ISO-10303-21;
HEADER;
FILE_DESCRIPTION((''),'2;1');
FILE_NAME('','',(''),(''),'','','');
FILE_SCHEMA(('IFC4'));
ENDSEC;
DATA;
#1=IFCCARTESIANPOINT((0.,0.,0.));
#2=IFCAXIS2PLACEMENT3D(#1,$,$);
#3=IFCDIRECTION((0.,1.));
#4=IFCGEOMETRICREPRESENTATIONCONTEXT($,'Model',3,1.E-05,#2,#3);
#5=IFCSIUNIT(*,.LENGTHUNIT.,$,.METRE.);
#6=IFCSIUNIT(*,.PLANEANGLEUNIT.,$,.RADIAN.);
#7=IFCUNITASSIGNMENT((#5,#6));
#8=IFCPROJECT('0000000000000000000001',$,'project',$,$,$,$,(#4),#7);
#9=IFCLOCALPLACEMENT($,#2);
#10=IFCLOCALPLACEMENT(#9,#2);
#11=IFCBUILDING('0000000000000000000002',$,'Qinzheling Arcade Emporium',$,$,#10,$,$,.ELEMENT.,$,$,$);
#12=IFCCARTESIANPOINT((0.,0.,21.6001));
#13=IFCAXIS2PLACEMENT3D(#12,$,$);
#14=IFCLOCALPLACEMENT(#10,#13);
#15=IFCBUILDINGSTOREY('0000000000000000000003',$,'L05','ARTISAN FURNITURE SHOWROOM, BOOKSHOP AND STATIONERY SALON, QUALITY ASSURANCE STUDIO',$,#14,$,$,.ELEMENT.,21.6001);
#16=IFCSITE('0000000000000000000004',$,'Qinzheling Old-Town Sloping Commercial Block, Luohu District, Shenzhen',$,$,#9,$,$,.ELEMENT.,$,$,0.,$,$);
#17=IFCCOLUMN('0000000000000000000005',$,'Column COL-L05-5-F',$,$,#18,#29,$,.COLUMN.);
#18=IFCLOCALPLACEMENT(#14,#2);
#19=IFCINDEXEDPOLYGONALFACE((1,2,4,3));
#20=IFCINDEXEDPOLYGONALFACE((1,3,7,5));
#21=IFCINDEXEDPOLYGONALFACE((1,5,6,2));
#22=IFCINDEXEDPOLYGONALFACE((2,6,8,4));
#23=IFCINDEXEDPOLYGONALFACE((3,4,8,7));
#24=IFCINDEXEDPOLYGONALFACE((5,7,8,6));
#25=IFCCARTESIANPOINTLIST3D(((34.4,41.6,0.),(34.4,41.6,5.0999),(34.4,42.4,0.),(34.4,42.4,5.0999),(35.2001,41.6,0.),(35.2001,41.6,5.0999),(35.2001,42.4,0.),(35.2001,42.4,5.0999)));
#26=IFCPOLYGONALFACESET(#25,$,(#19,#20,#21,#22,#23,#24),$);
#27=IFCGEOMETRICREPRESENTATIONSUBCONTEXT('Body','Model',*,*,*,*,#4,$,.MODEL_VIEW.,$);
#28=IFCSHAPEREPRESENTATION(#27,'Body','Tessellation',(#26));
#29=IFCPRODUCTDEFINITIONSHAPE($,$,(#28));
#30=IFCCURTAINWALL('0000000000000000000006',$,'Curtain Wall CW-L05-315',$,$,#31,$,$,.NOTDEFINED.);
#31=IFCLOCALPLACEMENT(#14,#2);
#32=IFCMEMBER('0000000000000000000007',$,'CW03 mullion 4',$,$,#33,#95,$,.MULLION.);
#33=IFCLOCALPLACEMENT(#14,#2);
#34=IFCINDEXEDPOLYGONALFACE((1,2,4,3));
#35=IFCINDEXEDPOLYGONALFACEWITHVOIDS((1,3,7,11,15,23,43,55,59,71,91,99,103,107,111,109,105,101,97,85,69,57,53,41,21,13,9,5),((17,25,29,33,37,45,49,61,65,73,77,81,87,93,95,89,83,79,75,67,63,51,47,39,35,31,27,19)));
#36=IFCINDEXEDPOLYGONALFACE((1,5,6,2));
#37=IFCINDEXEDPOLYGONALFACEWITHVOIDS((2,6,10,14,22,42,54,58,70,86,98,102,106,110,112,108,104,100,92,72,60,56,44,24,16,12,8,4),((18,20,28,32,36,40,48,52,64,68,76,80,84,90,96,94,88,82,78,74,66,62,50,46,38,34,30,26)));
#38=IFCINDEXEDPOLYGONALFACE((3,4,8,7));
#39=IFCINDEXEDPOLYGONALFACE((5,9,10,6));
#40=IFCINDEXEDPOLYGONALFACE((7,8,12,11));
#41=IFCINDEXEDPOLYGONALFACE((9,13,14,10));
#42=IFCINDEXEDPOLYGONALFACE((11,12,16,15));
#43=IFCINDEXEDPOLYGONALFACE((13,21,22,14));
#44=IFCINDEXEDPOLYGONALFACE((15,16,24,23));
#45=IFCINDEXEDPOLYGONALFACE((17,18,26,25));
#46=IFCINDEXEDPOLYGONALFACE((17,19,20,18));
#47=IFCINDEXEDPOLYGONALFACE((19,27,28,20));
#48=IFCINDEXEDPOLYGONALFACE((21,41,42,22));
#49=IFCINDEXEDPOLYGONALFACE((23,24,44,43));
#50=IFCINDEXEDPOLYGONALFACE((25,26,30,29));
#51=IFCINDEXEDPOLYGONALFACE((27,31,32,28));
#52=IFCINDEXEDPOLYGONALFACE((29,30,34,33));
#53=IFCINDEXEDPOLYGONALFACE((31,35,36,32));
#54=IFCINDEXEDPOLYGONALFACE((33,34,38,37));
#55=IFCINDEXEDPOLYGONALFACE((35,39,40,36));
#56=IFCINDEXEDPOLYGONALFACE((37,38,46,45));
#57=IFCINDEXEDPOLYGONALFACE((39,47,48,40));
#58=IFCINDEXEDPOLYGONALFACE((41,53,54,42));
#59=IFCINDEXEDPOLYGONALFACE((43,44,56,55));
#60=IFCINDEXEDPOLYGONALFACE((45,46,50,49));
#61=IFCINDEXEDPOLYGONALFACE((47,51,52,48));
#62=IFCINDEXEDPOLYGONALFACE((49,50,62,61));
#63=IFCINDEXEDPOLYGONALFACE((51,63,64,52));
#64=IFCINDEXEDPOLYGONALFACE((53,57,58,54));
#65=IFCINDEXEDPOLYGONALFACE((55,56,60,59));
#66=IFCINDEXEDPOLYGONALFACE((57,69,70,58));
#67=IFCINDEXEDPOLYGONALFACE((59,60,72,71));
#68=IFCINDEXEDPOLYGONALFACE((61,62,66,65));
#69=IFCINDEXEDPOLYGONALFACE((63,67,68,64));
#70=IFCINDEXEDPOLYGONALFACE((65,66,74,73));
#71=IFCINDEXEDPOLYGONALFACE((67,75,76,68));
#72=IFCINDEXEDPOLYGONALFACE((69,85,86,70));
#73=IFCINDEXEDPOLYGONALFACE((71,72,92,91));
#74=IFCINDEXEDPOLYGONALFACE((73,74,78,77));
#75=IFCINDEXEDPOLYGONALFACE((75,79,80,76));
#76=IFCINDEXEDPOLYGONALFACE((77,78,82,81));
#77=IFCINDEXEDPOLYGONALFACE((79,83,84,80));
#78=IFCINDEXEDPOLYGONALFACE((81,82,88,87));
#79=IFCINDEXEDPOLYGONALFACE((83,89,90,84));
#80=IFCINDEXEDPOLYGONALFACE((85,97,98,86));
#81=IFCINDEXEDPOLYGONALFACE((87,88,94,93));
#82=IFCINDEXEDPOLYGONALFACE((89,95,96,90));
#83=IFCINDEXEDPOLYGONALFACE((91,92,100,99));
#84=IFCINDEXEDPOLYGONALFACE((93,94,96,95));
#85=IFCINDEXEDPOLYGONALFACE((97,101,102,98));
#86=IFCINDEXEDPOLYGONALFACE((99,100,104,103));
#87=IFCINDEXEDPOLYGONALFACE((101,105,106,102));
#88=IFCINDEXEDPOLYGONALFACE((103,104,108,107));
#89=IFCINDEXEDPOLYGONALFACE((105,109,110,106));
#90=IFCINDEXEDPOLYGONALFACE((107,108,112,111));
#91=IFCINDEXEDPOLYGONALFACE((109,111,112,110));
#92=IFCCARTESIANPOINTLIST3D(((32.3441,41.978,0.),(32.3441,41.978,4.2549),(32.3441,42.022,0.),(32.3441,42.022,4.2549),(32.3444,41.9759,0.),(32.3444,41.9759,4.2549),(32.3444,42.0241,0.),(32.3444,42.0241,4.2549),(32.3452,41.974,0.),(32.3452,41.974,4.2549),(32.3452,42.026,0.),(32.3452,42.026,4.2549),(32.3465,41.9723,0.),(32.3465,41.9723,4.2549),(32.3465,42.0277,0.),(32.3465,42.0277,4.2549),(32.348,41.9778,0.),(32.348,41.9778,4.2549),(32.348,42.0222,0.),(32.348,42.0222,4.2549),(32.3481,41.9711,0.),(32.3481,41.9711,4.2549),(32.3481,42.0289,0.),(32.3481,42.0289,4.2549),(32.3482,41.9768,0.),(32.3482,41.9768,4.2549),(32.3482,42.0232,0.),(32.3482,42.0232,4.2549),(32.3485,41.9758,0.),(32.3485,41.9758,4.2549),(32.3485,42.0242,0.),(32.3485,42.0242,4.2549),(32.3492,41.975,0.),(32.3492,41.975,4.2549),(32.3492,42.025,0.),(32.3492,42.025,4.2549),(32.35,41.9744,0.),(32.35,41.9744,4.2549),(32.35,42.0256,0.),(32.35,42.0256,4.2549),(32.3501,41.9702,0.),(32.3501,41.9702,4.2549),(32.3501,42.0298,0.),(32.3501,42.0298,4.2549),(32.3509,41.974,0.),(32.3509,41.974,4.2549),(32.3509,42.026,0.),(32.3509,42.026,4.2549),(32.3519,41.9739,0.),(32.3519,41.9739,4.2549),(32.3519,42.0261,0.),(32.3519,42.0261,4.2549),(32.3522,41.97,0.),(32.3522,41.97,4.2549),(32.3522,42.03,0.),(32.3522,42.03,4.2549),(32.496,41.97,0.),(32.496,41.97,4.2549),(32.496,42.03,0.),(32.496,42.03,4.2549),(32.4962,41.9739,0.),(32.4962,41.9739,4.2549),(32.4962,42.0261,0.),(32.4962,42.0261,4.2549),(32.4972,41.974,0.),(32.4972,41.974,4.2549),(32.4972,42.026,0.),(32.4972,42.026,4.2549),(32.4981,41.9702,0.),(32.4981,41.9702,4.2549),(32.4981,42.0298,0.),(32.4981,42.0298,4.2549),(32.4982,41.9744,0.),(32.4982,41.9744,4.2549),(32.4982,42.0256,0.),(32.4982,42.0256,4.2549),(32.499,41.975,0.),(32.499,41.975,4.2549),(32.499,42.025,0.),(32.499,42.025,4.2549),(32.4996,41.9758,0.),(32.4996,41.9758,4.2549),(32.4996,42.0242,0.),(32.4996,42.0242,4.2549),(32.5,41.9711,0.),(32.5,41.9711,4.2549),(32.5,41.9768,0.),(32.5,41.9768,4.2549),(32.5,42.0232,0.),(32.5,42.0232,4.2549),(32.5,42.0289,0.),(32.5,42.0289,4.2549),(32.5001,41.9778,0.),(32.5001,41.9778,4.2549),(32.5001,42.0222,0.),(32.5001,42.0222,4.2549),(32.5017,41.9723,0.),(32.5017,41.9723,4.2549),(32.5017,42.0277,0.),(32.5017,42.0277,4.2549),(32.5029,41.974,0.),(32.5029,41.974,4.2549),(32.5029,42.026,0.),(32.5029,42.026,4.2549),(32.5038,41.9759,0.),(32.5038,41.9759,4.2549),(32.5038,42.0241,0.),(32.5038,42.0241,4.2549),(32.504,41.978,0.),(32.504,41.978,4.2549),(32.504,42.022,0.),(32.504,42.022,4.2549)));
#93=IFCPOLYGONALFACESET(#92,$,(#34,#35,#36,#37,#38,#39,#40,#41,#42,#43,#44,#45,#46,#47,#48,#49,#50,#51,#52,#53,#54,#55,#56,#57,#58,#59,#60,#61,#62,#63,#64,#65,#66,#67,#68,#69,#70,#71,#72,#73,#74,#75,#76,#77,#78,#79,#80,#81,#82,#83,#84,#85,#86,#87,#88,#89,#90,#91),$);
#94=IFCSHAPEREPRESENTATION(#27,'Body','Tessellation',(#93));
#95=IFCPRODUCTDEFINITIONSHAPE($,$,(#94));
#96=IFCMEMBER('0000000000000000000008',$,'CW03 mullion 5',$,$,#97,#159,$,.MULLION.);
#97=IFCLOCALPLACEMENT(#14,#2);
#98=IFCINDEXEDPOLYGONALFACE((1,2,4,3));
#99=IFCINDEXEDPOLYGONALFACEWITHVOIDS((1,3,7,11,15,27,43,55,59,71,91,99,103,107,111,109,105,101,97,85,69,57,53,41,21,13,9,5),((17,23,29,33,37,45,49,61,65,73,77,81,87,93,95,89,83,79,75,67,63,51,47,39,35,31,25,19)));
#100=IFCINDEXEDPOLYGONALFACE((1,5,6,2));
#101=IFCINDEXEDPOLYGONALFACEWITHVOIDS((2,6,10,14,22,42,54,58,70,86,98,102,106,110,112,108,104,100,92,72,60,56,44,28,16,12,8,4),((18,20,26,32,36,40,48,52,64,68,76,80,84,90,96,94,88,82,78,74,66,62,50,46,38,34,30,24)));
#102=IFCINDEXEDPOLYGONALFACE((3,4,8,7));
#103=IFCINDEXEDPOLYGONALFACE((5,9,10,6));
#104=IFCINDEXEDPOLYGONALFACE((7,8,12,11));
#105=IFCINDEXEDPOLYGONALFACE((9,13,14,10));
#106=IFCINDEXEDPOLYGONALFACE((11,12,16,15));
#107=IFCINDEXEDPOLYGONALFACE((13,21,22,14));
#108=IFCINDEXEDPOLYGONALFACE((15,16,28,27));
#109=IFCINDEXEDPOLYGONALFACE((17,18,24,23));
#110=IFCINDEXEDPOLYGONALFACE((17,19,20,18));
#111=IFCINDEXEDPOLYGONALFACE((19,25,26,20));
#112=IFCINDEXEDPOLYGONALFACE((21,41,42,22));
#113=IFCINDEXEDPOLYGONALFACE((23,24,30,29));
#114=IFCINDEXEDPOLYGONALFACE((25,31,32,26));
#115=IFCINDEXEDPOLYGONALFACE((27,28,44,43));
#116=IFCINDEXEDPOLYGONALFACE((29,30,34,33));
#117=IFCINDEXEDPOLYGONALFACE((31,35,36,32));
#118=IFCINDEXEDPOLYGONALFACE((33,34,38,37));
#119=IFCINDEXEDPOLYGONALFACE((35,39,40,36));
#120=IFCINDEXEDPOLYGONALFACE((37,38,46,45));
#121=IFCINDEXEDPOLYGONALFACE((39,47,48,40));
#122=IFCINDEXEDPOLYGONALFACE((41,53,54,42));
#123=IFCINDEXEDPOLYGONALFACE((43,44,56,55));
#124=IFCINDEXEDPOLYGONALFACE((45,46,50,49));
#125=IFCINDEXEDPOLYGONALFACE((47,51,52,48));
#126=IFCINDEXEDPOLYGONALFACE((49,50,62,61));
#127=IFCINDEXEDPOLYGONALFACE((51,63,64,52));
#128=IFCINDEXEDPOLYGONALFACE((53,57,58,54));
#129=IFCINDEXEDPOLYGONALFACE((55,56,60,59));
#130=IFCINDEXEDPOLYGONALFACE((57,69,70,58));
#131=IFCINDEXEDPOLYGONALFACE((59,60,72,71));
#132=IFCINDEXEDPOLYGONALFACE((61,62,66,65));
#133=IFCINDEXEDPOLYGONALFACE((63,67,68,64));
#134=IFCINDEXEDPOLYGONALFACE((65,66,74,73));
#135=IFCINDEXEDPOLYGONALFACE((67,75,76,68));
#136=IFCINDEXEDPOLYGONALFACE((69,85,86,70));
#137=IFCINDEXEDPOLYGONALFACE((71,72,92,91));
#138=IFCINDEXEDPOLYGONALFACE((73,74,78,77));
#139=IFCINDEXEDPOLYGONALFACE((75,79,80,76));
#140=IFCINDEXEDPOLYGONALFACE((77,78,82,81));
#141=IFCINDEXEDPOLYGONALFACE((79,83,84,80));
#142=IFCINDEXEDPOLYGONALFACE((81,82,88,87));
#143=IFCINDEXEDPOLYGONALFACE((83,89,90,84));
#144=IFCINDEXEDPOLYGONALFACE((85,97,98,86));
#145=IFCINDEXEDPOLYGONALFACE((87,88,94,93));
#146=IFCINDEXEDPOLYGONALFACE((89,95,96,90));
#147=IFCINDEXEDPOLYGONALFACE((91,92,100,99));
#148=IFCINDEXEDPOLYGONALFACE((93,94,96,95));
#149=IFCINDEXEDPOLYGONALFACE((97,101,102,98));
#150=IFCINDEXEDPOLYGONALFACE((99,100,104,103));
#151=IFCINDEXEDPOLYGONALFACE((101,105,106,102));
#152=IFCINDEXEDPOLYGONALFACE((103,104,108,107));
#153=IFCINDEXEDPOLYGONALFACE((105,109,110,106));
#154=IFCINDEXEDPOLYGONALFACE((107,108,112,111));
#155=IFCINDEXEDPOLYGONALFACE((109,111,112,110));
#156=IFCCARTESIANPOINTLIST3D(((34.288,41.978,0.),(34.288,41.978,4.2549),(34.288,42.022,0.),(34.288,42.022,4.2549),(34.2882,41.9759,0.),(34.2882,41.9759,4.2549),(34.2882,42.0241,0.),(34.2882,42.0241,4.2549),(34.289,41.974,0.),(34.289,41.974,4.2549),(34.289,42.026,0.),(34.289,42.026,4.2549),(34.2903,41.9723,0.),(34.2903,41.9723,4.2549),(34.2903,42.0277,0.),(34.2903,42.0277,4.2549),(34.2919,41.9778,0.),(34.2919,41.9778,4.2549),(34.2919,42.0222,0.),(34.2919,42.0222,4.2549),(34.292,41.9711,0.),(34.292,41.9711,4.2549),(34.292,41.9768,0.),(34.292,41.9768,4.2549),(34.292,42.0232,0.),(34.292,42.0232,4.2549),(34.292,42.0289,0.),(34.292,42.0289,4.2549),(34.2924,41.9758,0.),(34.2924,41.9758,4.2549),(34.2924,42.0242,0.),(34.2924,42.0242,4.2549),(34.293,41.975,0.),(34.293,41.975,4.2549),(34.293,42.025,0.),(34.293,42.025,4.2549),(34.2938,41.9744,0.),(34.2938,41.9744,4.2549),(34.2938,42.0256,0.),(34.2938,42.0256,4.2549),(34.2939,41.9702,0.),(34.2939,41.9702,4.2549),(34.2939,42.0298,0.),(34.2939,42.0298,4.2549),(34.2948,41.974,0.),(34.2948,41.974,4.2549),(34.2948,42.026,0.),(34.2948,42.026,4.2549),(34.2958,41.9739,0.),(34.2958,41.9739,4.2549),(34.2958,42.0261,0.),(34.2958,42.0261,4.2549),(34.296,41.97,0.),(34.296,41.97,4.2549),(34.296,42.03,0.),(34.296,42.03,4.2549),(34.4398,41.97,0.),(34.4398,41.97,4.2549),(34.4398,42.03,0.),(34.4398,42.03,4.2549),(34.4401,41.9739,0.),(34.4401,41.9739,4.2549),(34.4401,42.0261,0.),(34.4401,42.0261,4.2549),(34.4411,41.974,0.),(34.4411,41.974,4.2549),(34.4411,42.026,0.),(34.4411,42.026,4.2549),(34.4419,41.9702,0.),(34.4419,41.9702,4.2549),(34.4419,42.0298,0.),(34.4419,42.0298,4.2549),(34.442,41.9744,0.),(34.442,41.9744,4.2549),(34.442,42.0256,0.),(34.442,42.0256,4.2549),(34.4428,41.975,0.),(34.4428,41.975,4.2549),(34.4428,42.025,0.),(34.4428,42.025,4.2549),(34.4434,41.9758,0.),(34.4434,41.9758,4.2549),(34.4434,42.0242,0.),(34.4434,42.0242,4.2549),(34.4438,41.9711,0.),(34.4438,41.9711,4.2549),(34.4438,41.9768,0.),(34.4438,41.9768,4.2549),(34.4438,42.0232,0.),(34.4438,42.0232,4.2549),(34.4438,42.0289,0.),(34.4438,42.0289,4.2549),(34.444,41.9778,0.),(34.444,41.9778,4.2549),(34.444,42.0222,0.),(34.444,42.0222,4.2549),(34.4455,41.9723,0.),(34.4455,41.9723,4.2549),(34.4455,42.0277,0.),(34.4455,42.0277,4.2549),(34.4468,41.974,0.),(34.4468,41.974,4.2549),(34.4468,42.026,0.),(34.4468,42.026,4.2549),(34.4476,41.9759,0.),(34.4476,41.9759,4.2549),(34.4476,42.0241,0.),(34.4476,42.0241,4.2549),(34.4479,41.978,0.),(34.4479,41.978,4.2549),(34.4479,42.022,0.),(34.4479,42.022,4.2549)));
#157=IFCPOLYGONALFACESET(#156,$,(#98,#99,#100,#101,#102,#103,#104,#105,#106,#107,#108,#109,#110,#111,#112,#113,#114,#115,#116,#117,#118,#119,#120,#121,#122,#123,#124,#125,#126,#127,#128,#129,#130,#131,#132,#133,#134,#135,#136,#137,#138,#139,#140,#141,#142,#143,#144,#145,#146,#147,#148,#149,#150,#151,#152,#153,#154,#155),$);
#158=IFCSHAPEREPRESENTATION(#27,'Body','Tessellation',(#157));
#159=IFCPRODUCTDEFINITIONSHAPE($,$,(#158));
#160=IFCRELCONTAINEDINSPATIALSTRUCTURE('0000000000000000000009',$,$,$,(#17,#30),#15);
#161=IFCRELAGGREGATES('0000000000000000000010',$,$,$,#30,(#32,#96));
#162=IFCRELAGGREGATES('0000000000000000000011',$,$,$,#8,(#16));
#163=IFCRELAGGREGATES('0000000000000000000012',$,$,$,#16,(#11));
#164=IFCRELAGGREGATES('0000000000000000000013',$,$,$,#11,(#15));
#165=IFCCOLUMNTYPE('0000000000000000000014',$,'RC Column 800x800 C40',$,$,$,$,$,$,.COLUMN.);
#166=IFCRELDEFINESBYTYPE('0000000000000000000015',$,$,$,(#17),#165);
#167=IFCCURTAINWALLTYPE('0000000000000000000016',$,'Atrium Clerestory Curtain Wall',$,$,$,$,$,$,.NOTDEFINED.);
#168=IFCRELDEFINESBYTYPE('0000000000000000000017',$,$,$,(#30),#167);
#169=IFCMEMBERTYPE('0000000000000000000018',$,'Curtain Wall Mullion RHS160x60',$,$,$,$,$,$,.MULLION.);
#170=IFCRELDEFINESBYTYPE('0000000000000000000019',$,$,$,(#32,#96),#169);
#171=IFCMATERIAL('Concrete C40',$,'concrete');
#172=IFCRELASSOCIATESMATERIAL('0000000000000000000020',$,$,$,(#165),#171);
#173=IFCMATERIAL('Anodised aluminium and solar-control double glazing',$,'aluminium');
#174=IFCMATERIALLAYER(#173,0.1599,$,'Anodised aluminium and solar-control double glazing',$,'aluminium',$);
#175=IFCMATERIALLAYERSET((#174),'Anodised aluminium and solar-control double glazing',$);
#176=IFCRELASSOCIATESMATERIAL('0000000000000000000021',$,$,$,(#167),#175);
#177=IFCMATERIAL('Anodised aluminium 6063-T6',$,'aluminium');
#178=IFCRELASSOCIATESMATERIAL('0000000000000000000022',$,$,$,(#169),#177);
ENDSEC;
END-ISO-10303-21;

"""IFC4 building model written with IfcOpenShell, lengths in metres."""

from ifc_helpers import new_model, si_unit, direction, frame, origin, origin_2d, place, context, subcontext, project, spatial, rectangle, hollow_rectangle, extrude, material, layer, layer_set, material_profile, profile_set, type_object, element, aggregate, save


model = new_model("IFC4")

# Units and contexts
model_context = context("Model", 3, precision=1e-05, world=origin(), true_north=direction((0.0, 1.0)))
body_context = subcontext(model_context, "Body", "Model", "MODEL_VIEW")
ifc_project = project(units=[si_unit("LENGTHUNIT", "METRE"), si_unit("PLANEANGLEUNIT", "RADIAN")], contexts=[model_context])

# Site, building, storey
site_placement = place(None, origin())
site = spatial("IfcSite", under=ifc_project, at=site_placement, Name="Qinzheling Old-Town Sloping Commercial Block, Luohu District, Shenzhen", CompositionType="ELEMENT", RefElevation=0.0)
building_placement = place(site_placement, origin())
building = spatial("IfcBuilding", under=site, at=building_placement, Name="Qinzheling Arcade Emporium", CompositionType="ELEMENT")
storey_placement = place(building_placement, frame((0.0, 0.0, 21.6001)))
storey = spatial("IfcBuildingStorey", under=building, at=storey_placement, Name="L05", Description="ARTISAN FURNITURE SHOWROOM, BOOKSHOP AND STATIONERY SALON, QUALITY ASSURANCE STUDIO", CompositionType="ELEMENT", Elevation=21.6001)

# Column
ifc_material_1 = material(Name="Concrete C40", Category="concrete")
ifc_material_profile_1 = material_profile(ifc_material_1, rectangle(XDim=0.8, YDim=0.8, at=origin_2d()), Name="RC 800x800", Category="concrete")
ifc_profile_set_1 = profile_set([ifc_material_profile_1], Name="Concrete C40")
column_type = type_object("IfcColumnType", Name="RC Column 800x800 C40", PredefinedType="COLUMN", material=ifc_profile_set_1)
column_placement = place(storey_placement, frame((34.8, 42.0, 0.0), z_axis=(0.0, 0.0, 1.0), x_axis=(1.0, 0.0, 0.0)))
element("IfcColumn", 1, at=column_placement, inside=storey, type_object=column_type, Name="Column COL-L05-5-F", PredefinedType="COLUMN", context=body_context, shape_type="SweptSolid", body=[
    extrude(rectangle(XDim=0.8, YDim=0.8, at=origin_2d()), origin(), (0.0, 0.0, 1.0), 5.0999),
])

# Curtain wall, members
ifc_material_2 = material(Name="Anodised aluminium and solar-control double glazing", Category="aluminium")
ifc_layer_1 = layer(ifc_material_2, 0.1599, Name="Anodised aluminium and solar-control double glazing", Category="aluminium")
ifc_layer_set_1 = layer_set([ifc_layer_1], Name="Anodised aluminium and solar-control double glazing")
curtain_wall_type = type_object("IfcCurtainWallType", Name="Atrium Clerestory Curtain Wall", PredefinedType="NOTDEFINED", material=ifc_layer_set_1)
curtain_wall_1_placement = place(storey_placement, origin())
curtain_wall_1 = element("IfcCurtainWall", 2, at=curtain_wall_1_placement, inside=storey, type_object=curtain_wall_type, Name="Curtain Wall CW-L05-315", PredefinedType="NOTDEFINED")
ifc_material_3 = material(Name="Anodised aluminium 6063-T6", Category="aluminium")
ifc_material_profile_2 = material_profile(ifc_material_3, hollow_rectangle(XDim=0.0601, YDim=0.1599, WallThickness=0.0039, InnerFilletRadius=0.0039, OuterFilletRadius=0.0081, at=origin_2d()), Name="RHS 160x60x4", Category="aluminium")
ifc_profile_set_2 = profile_set([ifc_material_profile_2], Name="Anodised aluminium 6063-T6")
member_type_1 = type_object("IfcMemberType", Name="Curtain Wall Mullion RHS160x60", PredefinedType="MULLION", material=ifc_profile_set_2)
member_1_placement = place(storey_placement, frame((32.4241, 42.0, 0.0), z_axis=(0.0, 0.0, 1.0), x_axis=(0.0, 1.0, 0.0)))
member_1 = element("IfcMember", 3, at=member_1_placement, type_object=member_type_1, Name="CW03 mullion 4", PredefinedType="MULLION", context=body_context, shape_type="SweptSolid", body=[
    extrude(hollow_rectangle(XDim=0.0601, YDim=0.1599, WallThickness=0.0039, InnerFilletRadius=0.0039, OuterFilletRadius=0.0081, at=origin_2d()), origin(), (0.0, 0.0, 1.0), 4.2549),
])
member_2_placement = place(storey_placement, frame((34.3679, 42.0, 0.0), z_axis=(0.0, 0.0, 1.0), x_axis=(0.0, 1.0, 0.0)))
member_2 = element("IfcMember", 4, at=member_2_placement, type_object=member_type_1, Name="CW03 mullion 5", PredefinedType="MULLION", context=body_context, shape_type="SweptSolid", body=[
    extrude(hollow_rectangle(XDim=0.0601, YDim=0.1599, WallThickness=0.0039, InnerFilletRadius=0.0039, OuterFilletRadius=0.0081, at=origin_2d()), origin(), (0.0, 0.0, 1.0), 4.2549),
])

aggregate(curtain_wall_1, [member_1, member_2])

save(model, "model.ifc")
